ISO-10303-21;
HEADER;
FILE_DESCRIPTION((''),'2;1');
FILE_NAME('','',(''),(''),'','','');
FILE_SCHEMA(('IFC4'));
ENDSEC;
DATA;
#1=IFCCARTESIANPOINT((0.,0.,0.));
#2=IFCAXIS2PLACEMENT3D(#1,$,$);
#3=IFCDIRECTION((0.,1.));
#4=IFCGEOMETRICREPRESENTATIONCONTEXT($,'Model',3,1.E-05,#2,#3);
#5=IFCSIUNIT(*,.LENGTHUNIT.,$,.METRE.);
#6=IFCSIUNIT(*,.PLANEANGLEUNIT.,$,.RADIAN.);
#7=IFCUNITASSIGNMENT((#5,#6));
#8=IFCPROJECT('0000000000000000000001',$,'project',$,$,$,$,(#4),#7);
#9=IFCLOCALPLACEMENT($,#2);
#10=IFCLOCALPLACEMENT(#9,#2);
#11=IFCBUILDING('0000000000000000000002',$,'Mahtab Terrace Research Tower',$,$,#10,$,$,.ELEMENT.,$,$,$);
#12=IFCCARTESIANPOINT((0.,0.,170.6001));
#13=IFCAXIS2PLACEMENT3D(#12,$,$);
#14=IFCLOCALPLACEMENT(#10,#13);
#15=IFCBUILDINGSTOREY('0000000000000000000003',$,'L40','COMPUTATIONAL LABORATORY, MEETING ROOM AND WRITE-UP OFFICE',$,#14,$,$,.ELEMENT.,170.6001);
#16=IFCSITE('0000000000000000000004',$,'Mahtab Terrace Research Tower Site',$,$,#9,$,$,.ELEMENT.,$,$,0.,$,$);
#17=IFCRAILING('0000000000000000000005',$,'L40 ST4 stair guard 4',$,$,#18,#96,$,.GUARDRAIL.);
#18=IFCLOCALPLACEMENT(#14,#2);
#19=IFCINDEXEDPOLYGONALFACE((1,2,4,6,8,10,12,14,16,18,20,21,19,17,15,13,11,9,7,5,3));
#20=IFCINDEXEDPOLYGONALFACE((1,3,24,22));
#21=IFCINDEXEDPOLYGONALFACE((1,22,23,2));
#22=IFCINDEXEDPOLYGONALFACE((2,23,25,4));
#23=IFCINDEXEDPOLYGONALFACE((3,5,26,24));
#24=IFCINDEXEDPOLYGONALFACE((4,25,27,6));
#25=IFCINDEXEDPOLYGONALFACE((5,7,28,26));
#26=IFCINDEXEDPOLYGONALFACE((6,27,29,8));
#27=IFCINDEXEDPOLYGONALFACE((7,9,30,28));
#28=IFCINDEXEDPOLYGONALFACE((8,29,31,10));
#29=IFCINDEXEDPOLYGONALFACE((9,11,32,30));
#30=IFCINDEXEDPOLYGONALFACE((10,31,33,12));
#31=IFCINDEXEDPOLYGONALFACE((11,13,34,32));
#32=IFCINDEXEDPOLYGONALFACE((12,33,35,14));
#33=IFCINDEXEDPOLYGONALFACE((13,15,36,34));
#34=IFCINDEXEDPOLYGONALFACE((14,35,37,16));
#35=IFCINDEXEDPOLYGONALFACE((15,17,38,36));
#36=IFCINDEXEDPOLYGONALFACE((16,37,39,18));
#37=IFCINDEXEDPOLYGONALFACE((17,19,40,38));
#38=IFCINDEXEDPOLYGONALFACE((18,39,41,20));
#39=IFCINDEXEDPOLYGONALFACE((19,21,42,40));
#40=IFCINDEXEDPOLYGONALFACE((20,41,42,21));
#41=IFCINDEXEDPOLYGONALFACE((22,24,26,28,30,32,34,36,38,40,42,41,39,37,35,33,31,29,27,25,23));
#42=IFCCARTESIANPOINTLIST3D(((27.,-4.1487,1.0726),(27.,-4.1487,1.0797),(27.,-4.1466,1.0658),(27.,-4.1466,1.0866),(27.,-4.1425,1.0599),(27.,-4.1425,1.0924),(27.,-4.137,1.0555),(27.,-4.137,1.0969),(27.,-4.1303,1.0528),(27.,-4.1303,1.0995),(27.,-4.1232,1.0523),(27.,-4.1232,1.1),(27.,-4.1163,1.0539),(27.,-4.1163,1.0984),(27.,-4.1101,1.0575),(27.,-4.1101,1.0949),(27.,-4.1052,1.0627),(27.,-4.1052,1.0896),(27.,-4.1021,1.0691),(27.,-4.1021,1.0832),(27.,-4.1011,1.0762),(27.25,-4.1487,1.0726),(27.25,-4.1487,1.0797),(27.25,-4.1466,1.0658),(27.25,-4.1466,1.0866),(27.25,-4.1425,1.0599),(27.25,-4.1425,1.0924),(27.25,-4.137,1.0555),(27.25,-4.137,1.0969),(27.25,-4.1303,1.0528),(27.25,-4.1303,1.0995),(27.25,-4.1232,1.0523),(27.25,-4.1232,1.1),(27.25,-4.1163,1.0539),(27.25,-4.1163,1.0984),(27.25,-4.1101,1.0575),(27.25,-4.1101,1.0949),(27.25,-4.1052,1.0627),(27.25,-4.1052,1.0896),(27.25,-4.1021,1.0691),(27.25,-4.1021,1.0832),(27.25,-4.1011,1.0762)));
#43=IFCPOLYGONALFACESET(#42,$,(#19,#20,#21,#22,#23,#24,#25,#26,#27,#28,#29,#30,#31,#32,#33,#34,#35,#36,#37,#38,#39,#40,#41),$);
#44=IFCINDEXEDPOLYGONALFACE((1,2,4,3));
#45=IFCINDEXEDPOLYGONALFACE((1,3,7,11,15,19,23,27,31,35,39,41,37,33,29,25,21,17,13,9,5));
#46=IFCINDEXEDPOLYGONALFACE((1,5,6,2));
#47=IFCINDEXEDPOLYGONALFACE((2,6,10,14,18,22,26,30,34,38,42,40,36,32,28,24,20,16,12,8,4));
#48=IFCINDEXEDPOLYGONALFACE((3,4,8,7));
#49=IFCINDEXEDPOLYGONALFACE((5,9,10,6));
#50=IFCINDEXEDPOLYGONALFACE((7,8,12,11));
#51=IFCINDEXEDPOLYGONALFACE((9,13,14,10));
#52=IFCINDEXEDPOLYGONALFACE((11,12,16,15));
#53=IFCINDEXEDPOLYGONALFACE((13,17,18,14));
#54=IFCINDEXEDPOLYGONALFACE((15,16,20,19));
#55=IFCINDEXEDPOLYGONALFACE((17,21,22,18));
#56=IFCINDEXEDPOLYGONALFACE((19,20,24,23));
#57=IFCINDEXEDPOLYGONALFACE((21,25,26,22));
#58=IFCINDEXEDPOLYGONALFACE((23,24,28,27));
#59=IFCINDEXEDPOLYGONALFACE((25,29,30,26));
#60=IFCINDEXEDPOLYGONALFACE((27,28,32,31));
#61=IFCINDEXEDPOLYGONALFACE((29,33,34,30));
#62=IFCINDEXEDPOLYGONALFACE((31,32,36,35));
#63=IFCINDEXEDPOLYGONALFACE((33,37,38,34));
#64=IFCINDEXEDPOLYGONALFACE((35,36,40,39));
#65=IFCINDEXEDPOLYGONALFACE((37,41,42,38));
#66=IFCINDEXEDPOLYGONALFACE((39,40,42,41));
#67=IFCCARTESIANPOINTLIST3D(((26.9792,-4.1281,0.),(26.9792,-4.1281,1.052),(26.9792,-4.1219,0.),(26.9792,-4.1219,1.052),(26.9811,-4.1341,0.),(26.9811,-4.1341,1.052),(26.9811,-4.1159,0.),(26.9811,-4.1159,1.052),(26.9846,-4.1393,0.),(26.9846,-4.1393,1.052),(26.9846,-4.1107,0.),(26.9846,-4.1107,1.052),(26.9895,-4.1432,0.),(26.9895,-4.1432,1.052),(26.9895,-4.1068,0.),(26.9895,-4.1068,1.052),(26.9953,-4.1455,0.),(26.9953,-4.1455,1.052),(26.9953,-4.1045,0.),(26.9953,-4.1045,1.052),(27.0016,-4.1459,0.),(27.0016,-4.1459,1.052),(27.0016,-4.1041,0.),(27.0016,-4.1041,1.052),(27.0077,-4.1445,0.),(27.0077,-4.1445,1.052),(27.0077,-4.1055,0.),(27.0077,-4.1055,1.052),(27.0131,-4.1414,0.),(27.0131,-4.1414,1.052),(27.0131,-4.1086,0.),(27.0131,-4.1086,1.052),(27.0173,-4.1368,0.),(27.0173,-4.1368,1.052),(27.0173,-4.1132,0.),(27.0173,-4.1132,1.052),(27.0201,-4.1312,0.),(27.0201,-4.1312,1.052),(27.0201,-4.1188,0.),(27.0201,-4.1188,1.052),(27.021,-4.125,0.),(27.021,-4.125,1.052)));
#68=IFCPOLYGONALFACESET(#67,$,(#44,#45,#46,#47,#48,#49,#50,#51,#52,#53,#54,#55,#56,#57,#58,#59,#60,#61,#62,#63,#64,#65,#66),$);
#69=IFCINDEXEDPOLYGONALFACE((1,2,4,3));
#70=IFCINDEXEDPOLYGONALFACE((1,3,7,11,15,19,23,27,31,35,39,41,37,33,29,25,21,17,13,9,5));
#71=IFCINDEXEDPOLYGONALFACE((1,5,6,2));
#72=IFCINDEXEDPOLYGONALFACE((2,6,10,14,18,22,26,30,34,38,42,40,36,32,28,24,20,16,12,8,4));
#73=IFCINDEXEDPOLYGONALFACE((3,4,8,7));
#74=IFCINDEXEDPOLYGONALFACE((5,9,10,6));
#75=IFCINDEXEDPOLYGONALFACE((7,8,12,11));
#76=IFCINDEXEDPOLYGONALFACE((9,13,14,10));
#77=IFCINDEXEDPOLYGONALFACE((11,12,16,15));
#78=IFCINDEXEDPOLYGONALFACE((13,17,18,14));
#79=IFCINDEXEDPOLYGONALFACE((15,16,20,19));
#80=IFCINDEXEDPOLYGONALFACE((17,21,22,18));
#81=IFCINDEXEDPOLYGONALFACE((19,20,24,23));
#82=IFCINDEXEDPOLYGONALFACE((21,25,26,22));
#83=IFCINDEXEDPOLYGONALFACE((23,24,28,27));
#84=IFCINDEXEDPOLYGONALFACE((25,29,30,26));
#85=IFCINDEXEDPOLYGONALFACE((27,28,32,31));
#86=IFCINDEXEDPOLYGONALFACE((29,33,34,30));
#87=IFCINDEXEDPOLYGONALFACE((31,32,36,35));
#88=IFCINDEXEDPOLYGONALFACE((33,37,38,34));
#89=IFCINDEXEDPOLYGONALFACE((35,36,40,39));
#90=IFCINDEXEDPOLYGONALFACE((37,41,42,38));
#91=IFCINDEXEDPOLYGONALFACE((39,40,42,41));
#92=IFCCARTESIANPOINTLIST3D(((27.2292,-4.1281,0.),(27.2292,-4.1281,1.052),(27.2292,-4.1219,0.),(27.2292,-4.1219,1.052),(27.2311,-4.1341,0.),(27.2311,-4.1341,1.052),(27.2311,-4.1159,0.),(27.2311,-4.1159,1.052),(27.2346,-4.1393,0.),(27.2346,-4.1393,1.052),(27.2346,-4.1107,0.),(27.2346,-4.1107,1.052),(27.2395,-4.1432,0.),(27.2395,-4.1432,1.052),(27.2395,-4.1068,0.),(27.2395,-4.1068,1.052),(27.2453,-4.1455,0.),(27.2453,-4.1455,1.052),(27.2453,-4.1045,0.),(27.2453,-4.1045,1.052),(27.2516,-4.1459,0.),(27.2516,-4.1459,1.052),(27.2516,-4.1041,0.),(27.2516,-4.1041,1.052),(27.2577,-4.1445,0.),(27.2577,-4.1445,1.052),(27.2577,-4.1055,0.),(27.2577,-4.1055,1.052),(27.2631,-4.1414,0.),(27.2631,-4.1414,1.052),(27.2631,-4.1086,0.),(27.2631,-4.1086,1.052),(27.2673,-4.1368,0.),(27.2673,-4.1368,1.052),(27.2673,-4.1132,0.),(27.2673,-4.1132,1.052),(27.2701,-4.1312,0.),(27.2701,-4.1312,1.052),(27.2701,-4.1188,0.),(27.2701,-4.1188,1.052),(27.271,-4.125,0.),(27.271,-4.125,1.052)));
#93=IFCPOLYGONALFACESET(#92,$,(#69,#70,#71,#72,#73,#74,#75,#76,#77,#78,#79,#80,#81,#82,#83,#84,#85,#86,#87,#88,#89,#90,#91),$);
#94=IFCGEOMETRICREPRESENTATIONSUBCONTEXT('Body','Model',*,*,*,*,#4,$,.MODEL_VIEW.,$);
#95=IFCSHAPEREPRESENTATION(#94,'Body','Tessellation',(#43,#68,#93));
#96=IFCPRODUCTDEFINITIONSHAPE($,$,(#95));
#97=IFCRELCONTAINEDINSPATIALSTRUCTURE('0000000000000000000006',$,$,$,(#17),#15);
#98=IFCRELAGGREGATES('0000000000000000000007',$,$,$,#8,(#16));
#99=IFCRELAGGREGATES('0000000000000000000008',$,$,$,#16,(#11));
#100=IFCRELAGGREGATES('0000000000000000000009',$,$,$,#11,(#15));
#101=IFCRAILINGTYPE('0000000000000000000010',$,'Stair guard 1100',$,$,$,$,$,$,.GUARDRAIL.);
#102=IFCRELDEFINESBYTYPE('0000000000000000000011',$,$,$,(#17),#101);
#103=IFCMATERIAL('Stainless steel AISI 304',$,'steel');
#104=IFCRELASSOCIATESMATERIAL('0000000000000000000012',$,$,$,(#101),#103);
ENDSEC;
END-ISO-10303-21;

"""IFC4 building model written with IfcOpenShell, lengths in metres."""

from ifc_helpers import new_model, si_unit, direction, frame, origin, origin_2d, place, context, subcontext, project, spatial, circle, extrude, material, type_object, element, save


model = new_model("IFC4")

# Units and contexts
model_context = context("Model", 3, precision=1e-05, world=origin(), true_north=direction((0.0, 1.0)))
body_context = subcontext(model_context, "Body", "Model", "MODEL_VIEW")
ifc_project = project(units=[si_unit("LENGTHUNIT", "METRE"), si_unit("PLANEANGLEUNIT", "RADIAN")], contexts=[model_context])

# Site, building, storey
site_placement = place(None, origin())
site = spatial("IfcSite", under=ifc_project, at=site_placement, Name="Mahtab Terrace Research Tower Site", CompositionType="ELEMENT", RefElevation=0.0)
building_placement = place(site_placement, origin())
building = spatial("IfcBuilding", under=site, at=building_placement, Name="Mahtab Terrace Research Tower", CompositionType="ELEMENT")
storey_placement = place(building_placement, frame((0.0, 0.0, 170.6001)))
storey = spatial("IfcBuildingStorey", under=building, at=storey_placement, Name="L40", Description="COMPUTATIONAL LABORATORY, MEETING ROOM AND WRITE-UP OFFICE", CompositionType="ELEMENT", Elevation=170.6001)

# Railing
ifc_material_1 = material(Name="Stainless steel AISI 304", Category="steel")
railing_type_1 = type_object("IfcRailingType", Name="Stair guard 1100", PredefinedType="GUARDRAIL", material=ifc_material_1)
railing_1_placement = place(storey_placement, frame((27.0, -4.125, 0.0)))
element("IfcRailing", 1, at=railing_1_placement, inside=storey, type_object=railing_type_1, Name="L40 ST4 stair guard 4", PredefinedType="GUARDRAIL", context=body_context, shape_type="SweptSolid", body=[
    extrude(circle(Radius=0.0239, at=origin_2d()), frame((0.0, 0.0, 1.0762), z_axis=(1.0, 0.0, 0.0), x_axis=(0.0, 1.0, 0.0)), (0.0, 0.0, 1.0), 0.25),
    extrude(circle(Radius=0.021, at=origin_2d()), origin(), (0.0, 0.0, 1.0), 1.052),
    extrude(circle(Radius=0.021, at=origin_2d()), frame((0.25, 0.0, 0.0)), (0.0, 0.0, 1.0), 1.052),
])

save(model, "model.ifc")
